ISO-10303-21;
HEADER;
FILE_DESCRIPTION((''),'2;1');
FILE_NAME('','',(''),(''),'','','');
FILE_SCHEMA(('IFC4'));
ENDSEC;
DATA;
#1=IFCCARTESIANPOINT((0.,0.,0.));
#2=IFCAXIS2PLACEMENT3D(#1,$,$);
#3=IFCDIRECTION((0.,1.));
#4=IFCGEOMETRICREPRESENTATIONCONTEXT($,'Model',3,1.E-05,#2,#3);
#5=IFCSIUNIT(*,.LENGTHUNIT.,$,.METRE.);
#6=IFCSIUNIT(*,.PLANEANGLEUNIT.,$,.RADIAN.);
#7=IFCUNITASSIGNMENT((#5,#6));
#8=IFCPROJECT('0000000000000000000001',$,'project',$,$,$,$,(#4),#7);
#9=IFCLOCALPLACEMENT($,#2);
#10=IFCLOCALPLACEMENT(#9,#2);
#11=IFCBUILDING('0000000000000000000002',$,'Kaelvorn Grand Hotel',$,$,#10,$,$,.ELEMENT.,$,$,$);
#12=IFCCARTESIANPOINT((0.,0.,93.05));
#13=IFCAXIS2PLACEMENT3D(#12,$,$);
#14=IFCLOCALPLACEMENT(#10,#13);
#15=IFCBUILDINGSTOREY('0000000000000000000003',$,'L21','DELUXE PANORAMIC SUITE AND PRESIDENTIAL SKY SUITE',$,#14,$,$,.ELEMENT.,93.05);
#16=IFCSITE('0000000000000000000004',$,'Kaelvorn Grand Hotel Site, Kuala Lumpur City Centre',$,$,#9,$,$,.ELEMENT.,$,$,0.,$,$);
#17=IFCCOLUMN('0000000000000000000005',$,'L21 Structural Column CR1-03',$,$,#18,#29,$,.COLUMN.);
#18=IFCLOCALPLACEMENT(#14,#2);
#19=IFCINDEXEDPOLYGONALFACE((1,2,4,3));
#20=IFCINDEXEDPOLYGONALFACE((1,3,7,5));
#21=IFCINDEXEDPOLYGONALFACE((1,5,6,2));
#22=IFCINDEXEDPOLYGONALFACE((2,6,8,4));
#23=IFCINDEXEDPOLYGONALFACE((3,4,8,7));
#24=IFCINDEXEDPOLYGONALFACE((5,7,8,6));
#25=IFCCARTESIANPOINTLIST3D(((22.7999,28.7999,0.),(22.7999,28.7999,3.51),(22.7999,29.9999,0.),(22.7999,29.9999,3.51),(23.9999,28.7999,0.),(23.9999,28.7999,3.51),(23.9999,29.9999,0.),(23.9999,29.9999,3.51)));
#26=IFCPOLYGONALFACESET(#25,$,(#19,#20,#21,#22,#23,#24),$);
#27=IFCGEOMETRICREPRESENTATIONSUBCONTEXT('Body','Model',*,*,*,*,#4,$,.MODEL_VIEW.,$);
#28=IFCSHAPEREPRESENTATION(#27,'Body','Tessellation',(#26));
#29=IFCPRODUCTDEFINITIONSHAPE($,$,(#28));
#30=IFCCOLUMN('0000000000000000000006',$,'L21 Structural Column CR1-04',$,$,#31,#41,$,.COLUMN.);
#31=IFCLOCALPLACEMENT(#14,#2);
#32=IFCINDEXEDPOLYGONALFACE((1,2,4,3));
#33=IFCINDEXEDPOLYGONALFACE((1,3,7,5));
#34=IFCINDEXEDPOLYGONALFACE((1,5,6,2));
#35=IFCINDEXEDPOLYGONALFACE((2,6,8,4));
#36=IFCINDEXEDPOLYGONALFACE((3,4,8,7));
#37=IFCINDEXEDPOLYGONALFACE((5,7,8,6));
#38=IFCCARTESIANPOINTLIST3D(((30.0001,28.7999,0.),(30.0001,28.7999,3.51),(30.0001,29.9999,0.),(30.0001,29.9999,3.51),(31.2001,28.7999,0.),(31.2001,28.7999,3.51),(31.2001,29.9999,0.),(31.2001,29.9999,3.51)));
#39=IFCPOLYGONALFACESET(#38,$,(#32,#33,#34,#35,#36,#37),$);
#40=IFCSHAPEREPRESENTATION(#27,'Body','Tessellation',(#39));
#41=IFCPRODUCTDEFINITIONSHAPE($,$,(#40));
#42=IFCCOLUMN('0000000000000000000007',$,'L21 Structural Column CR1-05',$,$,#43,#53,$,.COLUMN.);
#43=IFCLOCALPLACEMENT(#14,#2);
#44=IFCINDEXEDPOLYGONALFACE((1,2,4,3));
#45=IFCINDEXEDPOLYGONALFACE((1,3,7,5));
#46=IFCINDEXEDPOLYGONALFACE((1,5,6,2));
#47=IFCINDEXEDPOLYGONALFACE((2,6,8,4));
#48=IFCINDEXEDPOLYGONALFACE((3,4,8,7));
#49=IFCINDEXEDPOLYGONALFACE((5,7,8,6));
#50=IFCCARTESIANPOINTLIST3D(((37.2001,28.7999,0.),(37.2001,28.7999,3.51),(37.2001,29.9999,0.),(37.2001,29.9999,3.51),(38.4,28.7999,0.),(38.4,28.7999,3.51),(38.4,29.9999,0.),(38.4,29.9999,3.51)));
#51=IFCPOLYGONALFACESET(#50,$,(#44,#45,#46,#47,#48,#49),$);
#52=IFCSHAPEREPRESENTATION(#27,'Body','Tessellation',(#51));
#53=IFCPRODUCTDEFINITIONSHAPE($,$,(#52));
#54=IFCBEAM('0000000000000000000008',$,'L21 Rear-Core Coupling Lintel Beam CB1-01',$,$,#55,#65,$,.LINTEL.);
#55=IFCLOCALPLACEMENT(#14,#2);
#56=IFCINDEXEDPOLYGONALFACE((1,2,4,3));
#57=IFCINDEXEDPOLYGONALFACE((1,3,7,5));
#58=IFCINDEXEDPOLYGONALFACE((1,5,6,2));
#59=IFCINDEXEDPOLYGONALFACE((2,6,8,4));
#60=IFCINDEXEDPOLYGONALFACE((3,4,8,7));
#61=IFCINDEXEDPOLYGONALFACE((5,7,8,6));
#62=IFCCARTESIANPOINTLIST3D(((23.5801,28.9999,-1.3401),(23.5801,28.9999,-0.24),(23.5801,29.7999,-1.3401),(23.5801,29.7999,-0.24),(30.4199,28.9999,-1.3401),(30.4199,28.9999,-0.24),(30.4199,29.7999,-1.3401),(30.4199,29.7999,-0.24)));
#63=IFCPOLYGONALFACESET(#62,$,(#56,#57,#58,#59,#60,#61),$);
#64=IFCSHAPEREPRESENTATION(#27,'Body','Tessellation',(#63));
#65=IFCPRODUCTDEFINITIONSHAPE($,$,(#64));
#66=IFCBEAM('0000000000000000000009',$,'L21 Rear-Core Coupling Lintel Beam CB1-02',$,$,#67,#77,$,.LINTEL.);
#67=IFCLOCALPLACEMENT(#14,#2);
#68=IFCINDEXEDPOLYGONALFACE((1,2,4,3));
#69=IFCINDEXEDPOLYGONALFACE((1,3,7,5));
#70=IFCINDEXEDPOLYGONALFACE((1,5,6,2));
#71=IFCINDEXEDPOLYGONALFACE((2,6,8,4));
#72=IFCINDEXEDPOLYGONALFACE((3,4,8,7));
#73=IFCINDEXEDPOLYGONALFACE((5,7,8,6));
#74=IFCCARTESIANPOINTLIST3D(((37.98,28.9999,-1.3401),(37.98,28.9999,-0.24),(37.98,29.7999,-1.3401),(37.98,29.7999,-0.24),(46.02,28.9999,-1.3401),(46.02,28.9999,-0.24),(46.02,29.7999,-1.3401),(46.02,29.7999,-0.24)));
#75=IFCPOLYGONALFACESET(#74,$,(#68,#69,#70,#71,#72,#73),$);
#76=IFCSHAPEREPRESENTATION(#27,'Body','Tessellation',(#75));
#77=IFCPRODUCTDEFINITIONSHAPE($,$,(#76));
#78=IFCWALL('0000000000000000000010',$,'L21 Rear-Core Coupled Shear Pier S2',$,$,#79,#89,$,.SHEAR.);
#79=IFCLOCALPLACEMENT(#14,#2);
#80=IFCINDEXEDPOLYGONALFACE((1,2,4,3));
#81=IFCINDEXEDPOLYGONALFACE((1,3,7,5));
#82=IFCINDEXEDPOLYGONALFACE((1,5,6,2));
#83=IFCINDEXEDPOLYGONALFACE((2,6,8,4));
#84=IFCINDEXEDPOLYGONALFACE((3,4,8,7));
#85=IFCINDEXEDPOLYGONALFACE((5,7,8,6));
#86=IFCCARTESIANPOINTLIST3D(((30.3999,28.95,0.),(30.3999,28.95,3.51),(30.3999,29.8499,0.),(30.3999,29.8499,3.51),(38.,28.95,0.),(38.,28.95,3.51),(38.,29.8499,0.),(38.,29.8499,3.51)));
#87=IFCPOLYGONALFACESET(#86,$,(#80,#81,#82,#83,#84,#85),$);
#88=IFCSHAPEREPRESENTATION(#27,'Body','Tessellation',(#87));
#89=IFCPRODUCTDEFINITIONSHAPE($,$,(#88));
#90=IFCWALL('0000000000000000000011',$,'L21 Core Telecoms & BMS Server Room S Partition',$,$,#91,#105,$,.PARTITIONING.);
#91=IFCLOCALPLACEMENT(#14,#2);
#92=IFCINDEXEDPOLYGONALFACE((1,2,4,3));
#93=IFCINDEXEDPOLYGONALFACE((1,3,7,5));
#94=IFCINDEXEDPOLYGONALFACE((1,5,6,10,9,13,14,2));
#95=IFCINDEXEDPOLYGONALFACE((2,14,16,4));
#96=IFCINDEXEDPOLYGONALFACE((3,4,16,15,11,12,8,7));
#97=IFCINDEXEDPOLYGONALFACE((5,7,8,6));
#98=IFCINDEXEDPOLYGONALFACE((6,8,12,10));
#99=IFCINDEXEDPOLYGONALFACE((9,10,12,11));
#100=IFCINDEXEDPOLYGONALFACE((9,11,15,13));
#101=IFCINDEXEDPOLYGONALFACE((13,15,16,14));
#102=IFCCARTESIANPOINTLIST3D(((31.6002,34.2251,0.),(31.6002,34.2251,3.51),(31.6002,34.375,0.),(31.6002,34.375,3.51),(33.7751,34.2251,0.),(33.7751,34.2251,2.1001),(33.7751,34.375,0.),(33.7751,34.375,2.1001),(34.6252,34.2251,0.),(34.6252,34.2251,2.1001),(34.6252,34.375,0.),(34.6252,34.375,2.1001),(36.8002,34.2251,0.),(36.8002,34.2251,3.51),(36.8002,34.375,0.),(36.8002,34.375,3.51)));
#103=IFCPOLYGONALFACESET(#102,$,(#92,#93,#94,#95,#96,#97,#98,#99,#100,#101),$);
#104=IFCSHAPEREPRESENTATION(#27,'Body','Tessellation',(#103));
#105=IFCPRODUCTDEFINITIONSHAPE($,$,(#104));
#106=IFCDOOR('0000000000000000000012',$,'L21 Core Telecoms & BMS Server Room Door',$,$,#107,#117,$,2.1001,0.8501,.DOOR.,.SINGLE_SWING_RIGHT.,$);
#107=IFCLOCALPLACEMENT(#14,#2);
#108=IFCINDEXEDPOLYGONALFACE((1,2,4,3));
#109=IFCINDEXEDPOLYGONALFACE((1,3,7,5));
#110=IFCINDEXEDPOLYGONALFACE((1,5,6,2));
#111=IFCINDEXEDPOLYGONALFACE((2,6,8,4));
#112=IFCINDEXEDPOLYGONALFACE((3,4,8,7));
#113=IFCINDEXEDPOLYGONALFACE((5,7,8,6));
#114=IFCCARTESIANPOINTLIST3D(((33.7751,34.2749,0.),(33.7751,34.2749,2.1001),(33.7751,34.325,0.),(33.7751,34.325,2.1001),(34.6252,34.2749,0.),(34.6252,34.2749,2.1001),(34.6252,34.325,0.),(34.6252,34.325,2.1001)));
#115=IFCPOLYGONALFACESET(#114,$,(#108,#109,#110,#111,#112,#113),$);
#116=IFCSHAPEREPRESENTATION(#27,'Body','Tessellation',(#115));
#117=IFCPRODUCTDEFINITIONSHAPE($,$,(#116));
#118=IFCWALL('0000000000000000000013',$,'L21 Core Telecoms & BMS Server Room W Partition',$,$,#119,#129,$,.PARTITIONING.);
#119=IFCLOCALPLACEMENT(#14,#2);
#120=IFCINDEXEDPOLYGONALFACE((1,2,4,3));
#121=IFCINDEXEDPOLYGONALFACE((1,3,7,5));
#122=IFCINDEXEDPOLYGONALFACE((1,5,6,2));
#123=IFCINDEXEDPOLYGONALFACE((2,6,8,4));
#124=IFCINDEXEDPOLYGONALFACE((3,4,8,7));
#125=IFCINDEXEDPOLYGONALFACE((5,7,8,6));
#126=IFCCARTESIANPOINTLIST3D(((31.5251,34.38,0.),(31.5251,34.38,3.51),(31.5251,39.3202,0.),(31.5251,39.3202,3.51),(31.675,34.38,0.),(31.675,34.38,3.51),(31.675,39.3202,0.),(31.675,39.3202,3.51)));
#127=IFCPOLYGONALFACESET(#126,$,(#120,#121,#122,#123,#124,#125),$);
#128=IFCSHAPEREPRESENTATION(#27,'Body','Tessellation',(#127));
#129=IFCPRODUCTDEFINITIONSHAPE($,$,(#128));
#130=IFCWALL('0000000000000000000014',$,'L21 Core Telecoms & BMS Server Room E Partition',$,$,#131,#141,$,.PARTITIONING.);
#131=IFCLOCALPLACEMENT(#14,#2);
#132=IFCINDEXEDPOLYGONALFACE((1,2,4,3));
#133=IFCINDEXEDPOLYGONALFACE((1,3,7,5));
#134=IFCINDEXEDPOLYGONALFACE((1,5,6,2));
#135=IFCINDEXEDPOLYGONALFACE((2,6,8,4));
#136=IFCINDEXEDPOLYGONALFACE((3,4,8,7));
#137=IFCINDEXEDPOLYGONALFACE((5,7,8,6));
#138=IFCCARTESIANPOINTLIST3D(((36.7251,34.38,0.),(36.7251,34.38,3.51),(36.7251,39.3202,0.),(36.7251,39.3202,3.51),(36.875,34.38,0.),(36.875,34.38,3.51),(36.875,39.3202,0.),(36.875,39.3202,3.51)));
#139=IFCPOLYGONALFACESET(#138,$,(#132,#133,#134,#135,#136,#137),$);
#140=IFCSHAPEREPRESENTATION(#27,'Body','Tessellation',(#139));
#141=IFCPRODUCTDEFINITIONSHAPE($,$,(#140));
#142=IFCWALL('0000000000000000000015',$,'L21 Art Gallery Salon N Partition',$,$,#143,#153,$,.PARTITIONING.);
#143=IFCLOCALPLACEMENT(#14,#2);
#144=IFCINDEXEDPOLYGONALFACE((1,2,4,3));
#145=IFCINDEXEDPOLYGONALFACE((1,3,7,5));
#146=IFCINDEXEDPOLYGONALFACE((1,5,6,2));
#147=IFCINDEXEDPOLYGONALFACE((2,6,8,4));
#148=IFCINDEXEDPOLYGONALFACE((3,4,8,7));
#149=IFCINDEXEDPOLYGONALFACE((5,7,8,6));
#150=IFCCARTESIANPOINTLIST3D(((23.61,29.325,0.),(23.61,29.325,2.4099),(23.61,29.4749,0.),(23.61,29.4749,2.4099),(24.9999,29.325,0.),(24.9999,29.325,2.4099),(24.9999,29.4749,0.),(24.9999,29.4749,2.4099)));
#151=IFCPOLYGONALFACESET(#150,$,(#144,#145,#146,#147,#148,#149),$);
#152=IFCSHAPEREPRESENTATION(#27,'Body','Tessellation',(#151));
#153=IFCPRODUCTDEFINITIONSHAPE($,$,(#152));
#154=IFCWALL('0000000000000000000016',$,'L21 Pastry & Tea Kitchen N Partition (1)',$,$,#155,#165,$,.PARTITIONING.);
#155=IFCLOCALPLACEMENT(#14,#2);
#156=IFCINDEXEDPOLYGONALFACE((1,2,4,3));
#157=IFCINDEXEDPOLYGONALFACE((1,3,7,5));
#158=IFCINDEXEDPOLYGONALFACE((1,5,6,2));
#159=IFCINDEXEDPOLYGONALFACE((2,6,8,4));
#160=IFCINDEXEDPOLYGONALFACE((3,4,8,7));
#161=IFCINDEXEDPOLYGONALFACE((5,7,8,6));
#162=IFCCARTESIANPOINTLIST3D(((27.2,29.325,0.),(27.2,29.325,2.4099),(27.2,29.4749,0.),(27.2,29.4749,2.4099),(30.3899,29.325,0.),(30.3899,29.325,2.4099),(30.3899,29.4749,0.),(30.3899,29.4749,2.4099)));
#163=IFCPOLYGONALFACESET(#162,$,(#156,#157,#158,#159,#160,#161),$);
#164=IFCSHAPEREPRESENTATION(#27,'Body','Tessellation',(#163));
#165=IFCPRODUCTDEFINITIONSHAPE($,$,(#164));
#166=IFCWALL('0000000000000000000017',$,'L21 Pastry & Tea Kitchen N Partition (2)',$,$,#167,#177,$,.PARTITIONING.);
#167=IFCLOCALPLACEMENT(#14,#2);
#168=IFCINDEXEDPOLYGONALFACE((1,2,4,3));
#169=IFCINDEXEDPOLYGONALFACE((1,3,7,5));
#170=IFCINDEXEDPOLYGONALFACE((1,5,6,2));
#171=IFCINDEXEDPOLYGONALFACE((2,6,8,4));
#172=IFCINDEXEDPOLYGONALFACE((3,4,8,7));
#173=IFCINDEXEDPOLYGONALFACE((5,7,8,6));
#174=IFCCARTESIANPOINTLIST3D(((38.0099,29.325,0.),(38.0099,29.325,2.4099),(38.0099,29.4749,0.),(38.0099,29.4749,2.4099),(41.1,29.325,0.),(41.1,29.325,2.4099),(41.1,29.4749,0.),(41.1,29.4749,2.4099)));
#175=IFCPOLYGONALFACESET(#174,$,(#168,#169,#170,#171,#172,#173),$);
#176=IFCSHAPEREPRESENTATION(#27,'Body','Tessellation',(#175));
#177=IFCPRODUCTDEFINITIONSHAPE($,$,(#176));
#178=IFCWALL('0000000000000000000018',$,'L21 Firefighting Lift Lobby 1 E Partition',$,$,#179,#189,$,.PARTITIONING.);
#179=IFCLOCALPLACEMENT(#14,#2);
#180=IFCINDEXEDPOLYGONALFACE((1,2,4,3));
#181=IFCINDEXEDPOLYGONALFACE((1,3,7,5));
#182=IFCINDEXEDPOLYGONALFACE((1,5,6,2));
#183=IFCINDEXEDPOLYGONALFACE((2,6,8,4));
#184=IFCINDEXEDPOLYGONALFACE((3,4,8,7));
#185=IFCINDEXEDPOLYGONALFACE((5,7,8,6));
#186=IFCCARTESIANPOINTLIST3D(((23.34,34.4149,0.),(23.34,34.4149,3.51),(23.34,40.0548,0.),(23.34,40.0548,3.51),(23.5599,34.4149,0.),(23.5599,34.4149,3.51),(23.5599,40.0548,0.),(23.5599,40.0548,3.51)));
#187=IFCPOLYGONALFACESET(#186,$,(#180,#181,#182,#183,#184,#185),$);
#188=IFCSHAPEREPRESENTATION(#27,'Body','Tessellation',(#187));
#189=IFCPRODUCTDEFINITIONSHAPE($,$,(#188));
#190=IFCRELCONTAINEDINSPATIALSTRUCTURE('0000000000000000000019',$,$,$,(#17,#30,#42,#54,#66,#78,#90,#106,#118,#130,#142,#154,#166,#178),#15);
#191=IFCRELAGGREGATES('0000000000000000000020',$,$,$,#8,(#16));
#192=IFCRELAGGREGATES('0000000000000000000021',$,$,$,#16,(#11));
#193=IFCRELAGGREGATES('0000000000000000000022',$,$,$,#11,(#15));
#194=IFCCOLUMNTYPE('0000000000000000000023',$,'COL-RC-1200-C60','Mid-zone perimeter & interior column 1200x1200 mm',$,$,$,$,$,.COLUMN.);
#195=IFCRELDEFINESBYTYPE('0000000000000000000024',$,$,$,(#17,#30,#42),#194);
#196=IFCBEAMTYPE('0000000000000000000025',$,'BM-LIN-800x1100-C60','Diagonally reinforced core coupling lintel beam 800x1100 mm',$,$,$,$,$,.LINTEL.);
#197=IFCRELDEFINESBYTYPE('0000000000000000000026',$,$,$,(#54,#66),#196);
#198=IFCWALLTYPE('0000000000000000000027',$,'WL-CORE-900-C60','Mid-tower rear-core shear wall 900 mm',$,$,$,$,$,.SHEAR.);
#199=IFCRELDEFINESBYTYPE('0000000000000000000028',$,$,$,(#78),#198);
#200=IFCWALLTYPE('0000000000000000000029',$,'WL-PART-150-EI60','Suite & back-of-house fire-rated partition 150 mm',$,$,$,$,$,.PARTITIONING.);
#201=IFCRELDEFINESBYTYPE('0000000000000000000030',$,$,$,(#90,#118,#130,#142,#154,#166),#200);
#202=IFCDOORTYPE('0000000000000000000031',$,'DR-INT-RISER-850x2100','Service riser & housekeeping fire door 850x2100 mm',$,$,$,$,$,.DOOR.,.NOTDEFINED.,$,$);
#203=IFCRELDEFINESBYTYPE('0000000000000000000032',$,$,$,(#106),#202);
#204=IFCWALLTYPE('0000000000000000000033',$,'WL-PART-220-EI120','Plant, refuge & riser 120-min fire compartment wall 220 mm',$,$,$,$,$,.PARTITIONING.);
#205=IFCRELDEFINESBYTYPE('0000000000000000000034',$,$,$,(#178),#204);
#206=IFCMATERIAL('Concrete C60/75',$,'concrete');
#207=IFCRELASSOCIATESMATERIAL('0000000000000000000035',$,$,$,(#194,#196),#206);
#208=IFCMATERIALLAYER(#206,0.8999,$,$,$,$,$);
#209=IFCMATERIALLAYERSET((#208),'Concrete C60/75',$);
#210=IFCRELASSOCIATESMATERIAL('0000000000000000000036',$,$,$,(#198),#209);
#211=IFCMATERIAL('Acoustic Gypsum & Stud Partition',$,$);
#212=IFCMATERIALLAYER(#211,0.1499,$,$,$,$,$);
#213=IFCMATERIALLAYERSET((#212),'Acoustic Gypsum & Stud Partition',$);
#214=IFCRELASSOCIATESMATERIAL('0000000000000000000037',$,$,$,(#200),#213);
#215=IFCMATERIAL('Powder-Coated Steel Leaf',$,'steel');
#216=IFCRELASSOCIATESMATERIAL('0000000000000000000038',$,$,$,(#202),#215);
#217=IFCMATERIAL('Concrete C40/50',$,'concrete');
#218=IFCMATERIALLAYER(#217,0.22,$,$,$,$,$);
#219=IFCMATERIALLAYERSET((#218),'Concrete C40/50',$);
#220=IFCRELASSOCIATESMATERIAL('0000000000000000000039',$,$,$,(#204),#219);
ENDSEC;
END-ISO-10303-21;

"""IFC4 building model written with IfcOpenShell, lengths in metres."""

from ifc_helpers import new_model, si_unit, direction, frame, frame_2d, origin, origin_2d, place, context, subcontext, project, spatial, rectangle, extrude, material, layer, layer_set, material_profile, profile_set, type_object, element, fill, save


model = new_model("IFC4")

# Units and contexts
model_context = context("Model", 3, precision=1e-05, world=origin(), true_north=direction((0.0, 1.0)))
body_context = subcontext(model_context, "Body", "Model", "MODEL_VIEW")
ifc_project = project(units=[si_unit("LENGTHUNIT", "METRE"), si_unit("PLANEANGLEUNIT", "RADIAN")], contexts=[model_context])

# Site, building, storey
site_placement = place(None, origin())
site = spatial("IfcSite", under=ifc_project, at=site_placement, Name="Kaelvorn Grand Hotel Site, Kuala Lumpur City Centre", CompositionType="ELEMENT", RefElevation=0.0)
building_placement = place(site_placement, origin())
building = spatial("IfcBuilding", under=site, at=building_placement, Name="Kaelvorn Grand Hotel", CompositionType="ELEMENT")
storey_placement = place(building_placement, frame((0.0, 0.0, 93.05)))
storey = spatial("IfcBuildingStorey", under=building, at=storey_placement, Name="L21", Description="DELUXE PANORAMIC SUITE AND PRESIDENTIAL SKY SUITE", CompositionType="ELEMENT", Elevation=93.05)

# Columns
ifc_material_1 = material(Name="Concrete C60/75", Category="concrete")
ifc_material_profile_1 = material_profile(ifc_material_1, rectangle(XDim=1.2, YDim=1.2, at=origin_2d()), Name="RC COL 1200x1200")
ifc_profile_set_1 = profile_set([ifc_material_profile_1], Name="Concrete C60/75")
column_type = type_object("IfcColumnType", Name="COL-RC-1200-C60", Description="Mid-zone perimeter & interior column 1200x1200 mm", PredefinedType="COLUMN", material=ifc_profile_set_1)
for number, where, z_axis, x_axis, name in (
    (1, (23.3999, 29.3999, 0.0), (0.0, 0.0, 1.0), (1.0, 0.0, 0.0), "L21 Structural Column CR1-03"),
    (2, (30.6001, 29.3999, 0.0), (0.0, 0.0, 1.0), (1.0, 0.0, 0.0), "L21 Structural Column CR1-04"),
    (3, (37.8, 29.3999, 0.0), (0.0, 0.0, 1.0), (1.0, 0.0, 0.0), "L21 Structural Column CR1-05"),
):
    element("IfcColumn", number, at=place(storey_placement, frame(where, z_axis=z_axis, x_axis=x_axis)), inside=storey, type_object=column_type, Name=name, PredefinedType="COLUMN", context=body_context, shape_type="SweptSolid", body=[
        extrude(rectangle(XDim=1.2, YDim=1.2, at=origin_2d()), origin(), (0.0, 0.0, 1.0), 3.51),
    ])

# Beams
ifc_material_profile_2 = material_profile(ifc_material_1, rectangle(XDim=0.8, YDim=1.1001, at=origin_2d()), Name="RC LINTEL 800x1100")
ifc_profile_set_2 = profile_set([ifc_material_profile_2], Name="Concrete C60/75")
beam_type = type_object("IfcBeamType", Name="BM-LIN-800x1100-C60", Description="Diagonally reinforced core coupling lintel beam 800x1100 mm", PredefinedType="LINTEL", material=ifc_profile_set_2)
beam_1_placement = place(storey_placement, frame((23.5801, 29.3999, -0.79), z_axis=(1.0, 0.0, 0.0), x_axis=(0.0, 1.0, 0.0)))
element("IfcBeam", 4, at=beam_1_placement, inside=storey, type_object=beam_type, Name="L21 Rear-Core Coupling Lintel Beam CB1-01", PredefinedType="LINTEL", context=body_context, shape_type="SweptSolid", body=[
    extrude(rectangle(XDim=0.8, YDim=1.1001, at=origin_2d()), origin(), (0.0, 0.0, 1.0), 6.8398),
])
beam_2_placement = place(storey_placement, frame((37.98, 29.3999, -0.79), z_axis=(1.0, 0.0, 0.0), x_axis=(0.0, 1.0, 0.0)))
element("IfcBeam", 5, at=beam_2_placement, inside=storey, type_object=beam_type, Name="L21 Rear-Core Coupling Lintel Beam CB1-02", PredefinedType="LINTEL", context=body_context, shape_type="SweptSolid", body=[
    extrude(rectangle(XDim=0.8, YDim=1.1001, at=origin_2d()), origin(), (0.0, 0.0, 1.0), 8.04),
])

# Wall
ifc_layer_1 = layer(ifc_material_1, 0.8999)
ifc_layer_set_1 = layer_set([ifc_layer_1], Name="Concrete C60/75")
wall_type_1 = type_object("IfcWallType", Name="WL-CORE-900-C60", Description="Mid-tower rear-core shear wall 900 mm", PredefinedType="SHEAR", material=ifc_layer_set_1)
wall_1_placement = place(storey_placement, frame((30.3999, 29.3999, 0.0), z_axis=(0.0, 0.0, 1.0), x_axis=(1.0, 0.0, 0.0)))
element("IfcWall", 6, at=wall_1_placement, inside=storey, type_object=wall_type_1, Name="L21 Rear-Core Coupled Shear Pier S2", PredefinedType="SHEAR", context=body_context, shape_type="SweptSolid", body=[
    extrude(rectangle(XDim=7.6001, YDim=0.8999, at=frame_2d((3.8, 0.0))), origin(), (0.0, 0.0, 1.0), 3.51),
])

# Wall, opening, door
ifc_material_2 = material(Name="Acoustic Gypsum & Stud Partition")
ifc_layer_2 = layer(ifc_material_2, 0.1499)
ifc_layer_set_2 = layer_set([ifc_layer_2], Name="Acoustic Gypsum & Stud Partition")
wall_type_2 = type_object("IfcWallType", Name="WL-PART-150-EI60", Description="Suite & back-of-house fire-rated partition 150 mm", PredefinedType="PARTITIONING", material=ifc_layer_set_2)
wall_2_placement = place(storey_placement, frame((31.6001, 34.3, 0.0), z_axis=(0.0, 0.0, 1.0), x_axis=(1.0, 0.0, 0.0)))
wall_2 = element("IfcWall", 7, at=wall_2_placement, inside=storey, type_object=wall_type_2, Name="L21 Core Telecoms & BMS Server Room S Partition", PredefinedType="PARTITIONING", context=body_context, shape_type="SweptSolid", body=[
    extrude(rectangle(XDim=5.2, YDim=0.1499, at=frame_2d((2.6001, 0.0))), origin(), (0.0, 0.0, 1.0), 3.51),
])
opening_1_placement = place(wall_2_placement, frame((2.175, 0.0, 0.0)))
opening_1 = element("IfcOpeningElement", 8, at=opening_1_placement, cuts=wall_2, PredefinedType="OPENING", context=body_context, shape_type="SweptSolid", body=[
    extrude(rectangle(XDim=0.8501, YDim=2.1001, at=frame_2d((0.425, 1.05))), frame((0.0, 0.085, 0.0), z_axis=(0.0, -1.0, 0.0), x_axis=(1.0, 0.0, 0.0)), (0.0, 0.0, 1.0), 0.1699),
])
ifc_material_3 = material(Name="Powder-Coated Steel Leaf", Category="steel")
door_type_1 = type_object("IfcDoorType", Name="DR-INT-RISER-850x2100", Description="Service riser & housekeeping fire door 850x2100 mm", OperationType="NOTDEFINED", PredefinedType="DOOR", material=ifc_material_3)
door_1_placement = place(opening_1_placement, origin())
door_1 = element("IfcDoor", 9, at=door_1_placement, inside=storey, type_object=door_type_1, Name="L21 Core Telecoms & BMS Server Room Door", OperationType="SINGLE_SWING_RIGHT", OverallHeight=2.1001, OverallWidth=0.8501, PredefinedType="DOOR", context=body_context, shape_type="SweptSolid", body=[
    extrude(rectangle(XDim=0.8501, YDim=2.1001, at=frame_2d((0.425, 1.05))), frame((0.0, 0.0249, 0.0), z_axis=(0.0, -1.0, 0.0), x_axis=(1.0, 0.0, 0.0)), (0.0, 0.0, 1.0), 0.05),
])
fill(opening_1, door_1)

# Walls
for number, where, z_axis, x_axis, name in (
    (10, (31.6001, 34.3799, 0.0), (0.0, 0.0, 1.0), (0.0, 1.0, 0.0), "L21 Core Telecoms & BMS Server Room W Partition"),
    (11, (36.8, 34.3799, 0.0), (0.0, 0.0, 1.0), (0.0, 1.0, 0.0), "L21 Core Telecoms & BMS Server Room E Partition"),
):
    element("IfcWall", number, at=place(storey_placement, frame(where, z_axis=z_axis, x_axis=x_axis)), inside=storey, type_object=wall_type_2, Name=name, PredefinedType="PARTITIONING", context=body_context, shape_type="SweptSolid", body=[
        extrude(rectangle(XDim=4.9402, YDim=0.1499, at=frame_2d((2.4702, 0.0))), origin(), (0.0, 0.0, 1.0), 3.51),
    ])
wall_3_placement = place(storey_placement, frame((23.6101, 29.3999, 0.0), z_axis=(0.0, 0.0, 1.0), x_axis=(1.0, 0.0, 0.0)))
element("IfcWall", 12, at=wall_3_placement, inside=storey, type_object=wall_type_2, Name="L21 Art Gallery Salon N Partition", PredefinedType="PARTITIONING", context=body_context, shape_type="SweptSolid", body=[
    extrude(rectangle(XDim=1.3899, YDim=0.1499, at=frame_2d((0.6948, 0.0))), origin(), (0.0, 0.0, 1.0), 2.4099),
])
wall_4_placement = place(storey_placement, frame((27.2, 29.3999, 0.0), z_axis=(0.0, 0.0, 1.0), x_axis=(1.0, 0.0, 0.0)))
element("IfcWall", 13, at=wall_4_placement, inside=storey, type_object=wall_type_2, Name="L21 Pastry & Tea Kitchen N Partition (1)", PredefinedType="PARTITIONING", context=body_context, shape_type="SweptSolid", body=[
    extrude(rectangle(XDim=3.1899, YDim=0.1499, at=frame_2d((1.595, 0.0))), origin(), (0.0, 0.0, 1.0), 2.4099),
])
wall_5_placement = place(storey_placement, frame((38.01, 29.3999, 0.0), z_axis=(0.0, 0.0, 1.0), x_axis=(1.0, 0.0, 0.0)))
element("IfcWall", 14, at=wall_5_placement, inside=storey, type_object=wall_type_2, Name="L21 Pastry & Tea Kitchen N Partition (2)", PredefinedType="PARTITIONING", context=body_context, shape_type="SweptSolid", body=[
    extrude(rectangle(XDim=3.0901, YDim=0.1499, at=frame_2d((1.5449, 0.0))), origin(), (0.0, 0.0, 1.0), 2.4099),
])
ifc_material_4 = material(Name="Concrete C40/50", Category="concrete")
ifc_layer_3 = layer(ifc_material_4, 0.22)
ifc_layer_set_3 = layer_set([ifc_layer_3], Name="Concrete C40/50")
wall_type_3 = type_object("IfcWallType", Name="WL-PART-220-EI120", Description="Plant, refuge & riser 120-min fire compartment wall 220 mm", PredefinedType="PARTITIONING", material=ifc_layer_set_3)
wall_6_placement = place(storey_placement, frame((23.45, 34.415, 0.0), z_axis=(0.0, 0.0, 1.0), x_axis=(0.0, 1.0, 0.0)))
element("IfcWall", 15, at=wall_6_placement, inside=storey, type_object=wall_type_3, Name="L21 Firefighting Lift Lobby 1 E Partition", PredefinedType="PARTITIONING", context=body_context, shape_type="SweptSolid", body=[
    extrude(rectangle(XDim=5.6399, YDim=0.22, at=frame_2d((2.8198, 0.0))), origin(), (0.0, 0.0, 1.0), 3.51),
])

save(model, "model.ifc")
